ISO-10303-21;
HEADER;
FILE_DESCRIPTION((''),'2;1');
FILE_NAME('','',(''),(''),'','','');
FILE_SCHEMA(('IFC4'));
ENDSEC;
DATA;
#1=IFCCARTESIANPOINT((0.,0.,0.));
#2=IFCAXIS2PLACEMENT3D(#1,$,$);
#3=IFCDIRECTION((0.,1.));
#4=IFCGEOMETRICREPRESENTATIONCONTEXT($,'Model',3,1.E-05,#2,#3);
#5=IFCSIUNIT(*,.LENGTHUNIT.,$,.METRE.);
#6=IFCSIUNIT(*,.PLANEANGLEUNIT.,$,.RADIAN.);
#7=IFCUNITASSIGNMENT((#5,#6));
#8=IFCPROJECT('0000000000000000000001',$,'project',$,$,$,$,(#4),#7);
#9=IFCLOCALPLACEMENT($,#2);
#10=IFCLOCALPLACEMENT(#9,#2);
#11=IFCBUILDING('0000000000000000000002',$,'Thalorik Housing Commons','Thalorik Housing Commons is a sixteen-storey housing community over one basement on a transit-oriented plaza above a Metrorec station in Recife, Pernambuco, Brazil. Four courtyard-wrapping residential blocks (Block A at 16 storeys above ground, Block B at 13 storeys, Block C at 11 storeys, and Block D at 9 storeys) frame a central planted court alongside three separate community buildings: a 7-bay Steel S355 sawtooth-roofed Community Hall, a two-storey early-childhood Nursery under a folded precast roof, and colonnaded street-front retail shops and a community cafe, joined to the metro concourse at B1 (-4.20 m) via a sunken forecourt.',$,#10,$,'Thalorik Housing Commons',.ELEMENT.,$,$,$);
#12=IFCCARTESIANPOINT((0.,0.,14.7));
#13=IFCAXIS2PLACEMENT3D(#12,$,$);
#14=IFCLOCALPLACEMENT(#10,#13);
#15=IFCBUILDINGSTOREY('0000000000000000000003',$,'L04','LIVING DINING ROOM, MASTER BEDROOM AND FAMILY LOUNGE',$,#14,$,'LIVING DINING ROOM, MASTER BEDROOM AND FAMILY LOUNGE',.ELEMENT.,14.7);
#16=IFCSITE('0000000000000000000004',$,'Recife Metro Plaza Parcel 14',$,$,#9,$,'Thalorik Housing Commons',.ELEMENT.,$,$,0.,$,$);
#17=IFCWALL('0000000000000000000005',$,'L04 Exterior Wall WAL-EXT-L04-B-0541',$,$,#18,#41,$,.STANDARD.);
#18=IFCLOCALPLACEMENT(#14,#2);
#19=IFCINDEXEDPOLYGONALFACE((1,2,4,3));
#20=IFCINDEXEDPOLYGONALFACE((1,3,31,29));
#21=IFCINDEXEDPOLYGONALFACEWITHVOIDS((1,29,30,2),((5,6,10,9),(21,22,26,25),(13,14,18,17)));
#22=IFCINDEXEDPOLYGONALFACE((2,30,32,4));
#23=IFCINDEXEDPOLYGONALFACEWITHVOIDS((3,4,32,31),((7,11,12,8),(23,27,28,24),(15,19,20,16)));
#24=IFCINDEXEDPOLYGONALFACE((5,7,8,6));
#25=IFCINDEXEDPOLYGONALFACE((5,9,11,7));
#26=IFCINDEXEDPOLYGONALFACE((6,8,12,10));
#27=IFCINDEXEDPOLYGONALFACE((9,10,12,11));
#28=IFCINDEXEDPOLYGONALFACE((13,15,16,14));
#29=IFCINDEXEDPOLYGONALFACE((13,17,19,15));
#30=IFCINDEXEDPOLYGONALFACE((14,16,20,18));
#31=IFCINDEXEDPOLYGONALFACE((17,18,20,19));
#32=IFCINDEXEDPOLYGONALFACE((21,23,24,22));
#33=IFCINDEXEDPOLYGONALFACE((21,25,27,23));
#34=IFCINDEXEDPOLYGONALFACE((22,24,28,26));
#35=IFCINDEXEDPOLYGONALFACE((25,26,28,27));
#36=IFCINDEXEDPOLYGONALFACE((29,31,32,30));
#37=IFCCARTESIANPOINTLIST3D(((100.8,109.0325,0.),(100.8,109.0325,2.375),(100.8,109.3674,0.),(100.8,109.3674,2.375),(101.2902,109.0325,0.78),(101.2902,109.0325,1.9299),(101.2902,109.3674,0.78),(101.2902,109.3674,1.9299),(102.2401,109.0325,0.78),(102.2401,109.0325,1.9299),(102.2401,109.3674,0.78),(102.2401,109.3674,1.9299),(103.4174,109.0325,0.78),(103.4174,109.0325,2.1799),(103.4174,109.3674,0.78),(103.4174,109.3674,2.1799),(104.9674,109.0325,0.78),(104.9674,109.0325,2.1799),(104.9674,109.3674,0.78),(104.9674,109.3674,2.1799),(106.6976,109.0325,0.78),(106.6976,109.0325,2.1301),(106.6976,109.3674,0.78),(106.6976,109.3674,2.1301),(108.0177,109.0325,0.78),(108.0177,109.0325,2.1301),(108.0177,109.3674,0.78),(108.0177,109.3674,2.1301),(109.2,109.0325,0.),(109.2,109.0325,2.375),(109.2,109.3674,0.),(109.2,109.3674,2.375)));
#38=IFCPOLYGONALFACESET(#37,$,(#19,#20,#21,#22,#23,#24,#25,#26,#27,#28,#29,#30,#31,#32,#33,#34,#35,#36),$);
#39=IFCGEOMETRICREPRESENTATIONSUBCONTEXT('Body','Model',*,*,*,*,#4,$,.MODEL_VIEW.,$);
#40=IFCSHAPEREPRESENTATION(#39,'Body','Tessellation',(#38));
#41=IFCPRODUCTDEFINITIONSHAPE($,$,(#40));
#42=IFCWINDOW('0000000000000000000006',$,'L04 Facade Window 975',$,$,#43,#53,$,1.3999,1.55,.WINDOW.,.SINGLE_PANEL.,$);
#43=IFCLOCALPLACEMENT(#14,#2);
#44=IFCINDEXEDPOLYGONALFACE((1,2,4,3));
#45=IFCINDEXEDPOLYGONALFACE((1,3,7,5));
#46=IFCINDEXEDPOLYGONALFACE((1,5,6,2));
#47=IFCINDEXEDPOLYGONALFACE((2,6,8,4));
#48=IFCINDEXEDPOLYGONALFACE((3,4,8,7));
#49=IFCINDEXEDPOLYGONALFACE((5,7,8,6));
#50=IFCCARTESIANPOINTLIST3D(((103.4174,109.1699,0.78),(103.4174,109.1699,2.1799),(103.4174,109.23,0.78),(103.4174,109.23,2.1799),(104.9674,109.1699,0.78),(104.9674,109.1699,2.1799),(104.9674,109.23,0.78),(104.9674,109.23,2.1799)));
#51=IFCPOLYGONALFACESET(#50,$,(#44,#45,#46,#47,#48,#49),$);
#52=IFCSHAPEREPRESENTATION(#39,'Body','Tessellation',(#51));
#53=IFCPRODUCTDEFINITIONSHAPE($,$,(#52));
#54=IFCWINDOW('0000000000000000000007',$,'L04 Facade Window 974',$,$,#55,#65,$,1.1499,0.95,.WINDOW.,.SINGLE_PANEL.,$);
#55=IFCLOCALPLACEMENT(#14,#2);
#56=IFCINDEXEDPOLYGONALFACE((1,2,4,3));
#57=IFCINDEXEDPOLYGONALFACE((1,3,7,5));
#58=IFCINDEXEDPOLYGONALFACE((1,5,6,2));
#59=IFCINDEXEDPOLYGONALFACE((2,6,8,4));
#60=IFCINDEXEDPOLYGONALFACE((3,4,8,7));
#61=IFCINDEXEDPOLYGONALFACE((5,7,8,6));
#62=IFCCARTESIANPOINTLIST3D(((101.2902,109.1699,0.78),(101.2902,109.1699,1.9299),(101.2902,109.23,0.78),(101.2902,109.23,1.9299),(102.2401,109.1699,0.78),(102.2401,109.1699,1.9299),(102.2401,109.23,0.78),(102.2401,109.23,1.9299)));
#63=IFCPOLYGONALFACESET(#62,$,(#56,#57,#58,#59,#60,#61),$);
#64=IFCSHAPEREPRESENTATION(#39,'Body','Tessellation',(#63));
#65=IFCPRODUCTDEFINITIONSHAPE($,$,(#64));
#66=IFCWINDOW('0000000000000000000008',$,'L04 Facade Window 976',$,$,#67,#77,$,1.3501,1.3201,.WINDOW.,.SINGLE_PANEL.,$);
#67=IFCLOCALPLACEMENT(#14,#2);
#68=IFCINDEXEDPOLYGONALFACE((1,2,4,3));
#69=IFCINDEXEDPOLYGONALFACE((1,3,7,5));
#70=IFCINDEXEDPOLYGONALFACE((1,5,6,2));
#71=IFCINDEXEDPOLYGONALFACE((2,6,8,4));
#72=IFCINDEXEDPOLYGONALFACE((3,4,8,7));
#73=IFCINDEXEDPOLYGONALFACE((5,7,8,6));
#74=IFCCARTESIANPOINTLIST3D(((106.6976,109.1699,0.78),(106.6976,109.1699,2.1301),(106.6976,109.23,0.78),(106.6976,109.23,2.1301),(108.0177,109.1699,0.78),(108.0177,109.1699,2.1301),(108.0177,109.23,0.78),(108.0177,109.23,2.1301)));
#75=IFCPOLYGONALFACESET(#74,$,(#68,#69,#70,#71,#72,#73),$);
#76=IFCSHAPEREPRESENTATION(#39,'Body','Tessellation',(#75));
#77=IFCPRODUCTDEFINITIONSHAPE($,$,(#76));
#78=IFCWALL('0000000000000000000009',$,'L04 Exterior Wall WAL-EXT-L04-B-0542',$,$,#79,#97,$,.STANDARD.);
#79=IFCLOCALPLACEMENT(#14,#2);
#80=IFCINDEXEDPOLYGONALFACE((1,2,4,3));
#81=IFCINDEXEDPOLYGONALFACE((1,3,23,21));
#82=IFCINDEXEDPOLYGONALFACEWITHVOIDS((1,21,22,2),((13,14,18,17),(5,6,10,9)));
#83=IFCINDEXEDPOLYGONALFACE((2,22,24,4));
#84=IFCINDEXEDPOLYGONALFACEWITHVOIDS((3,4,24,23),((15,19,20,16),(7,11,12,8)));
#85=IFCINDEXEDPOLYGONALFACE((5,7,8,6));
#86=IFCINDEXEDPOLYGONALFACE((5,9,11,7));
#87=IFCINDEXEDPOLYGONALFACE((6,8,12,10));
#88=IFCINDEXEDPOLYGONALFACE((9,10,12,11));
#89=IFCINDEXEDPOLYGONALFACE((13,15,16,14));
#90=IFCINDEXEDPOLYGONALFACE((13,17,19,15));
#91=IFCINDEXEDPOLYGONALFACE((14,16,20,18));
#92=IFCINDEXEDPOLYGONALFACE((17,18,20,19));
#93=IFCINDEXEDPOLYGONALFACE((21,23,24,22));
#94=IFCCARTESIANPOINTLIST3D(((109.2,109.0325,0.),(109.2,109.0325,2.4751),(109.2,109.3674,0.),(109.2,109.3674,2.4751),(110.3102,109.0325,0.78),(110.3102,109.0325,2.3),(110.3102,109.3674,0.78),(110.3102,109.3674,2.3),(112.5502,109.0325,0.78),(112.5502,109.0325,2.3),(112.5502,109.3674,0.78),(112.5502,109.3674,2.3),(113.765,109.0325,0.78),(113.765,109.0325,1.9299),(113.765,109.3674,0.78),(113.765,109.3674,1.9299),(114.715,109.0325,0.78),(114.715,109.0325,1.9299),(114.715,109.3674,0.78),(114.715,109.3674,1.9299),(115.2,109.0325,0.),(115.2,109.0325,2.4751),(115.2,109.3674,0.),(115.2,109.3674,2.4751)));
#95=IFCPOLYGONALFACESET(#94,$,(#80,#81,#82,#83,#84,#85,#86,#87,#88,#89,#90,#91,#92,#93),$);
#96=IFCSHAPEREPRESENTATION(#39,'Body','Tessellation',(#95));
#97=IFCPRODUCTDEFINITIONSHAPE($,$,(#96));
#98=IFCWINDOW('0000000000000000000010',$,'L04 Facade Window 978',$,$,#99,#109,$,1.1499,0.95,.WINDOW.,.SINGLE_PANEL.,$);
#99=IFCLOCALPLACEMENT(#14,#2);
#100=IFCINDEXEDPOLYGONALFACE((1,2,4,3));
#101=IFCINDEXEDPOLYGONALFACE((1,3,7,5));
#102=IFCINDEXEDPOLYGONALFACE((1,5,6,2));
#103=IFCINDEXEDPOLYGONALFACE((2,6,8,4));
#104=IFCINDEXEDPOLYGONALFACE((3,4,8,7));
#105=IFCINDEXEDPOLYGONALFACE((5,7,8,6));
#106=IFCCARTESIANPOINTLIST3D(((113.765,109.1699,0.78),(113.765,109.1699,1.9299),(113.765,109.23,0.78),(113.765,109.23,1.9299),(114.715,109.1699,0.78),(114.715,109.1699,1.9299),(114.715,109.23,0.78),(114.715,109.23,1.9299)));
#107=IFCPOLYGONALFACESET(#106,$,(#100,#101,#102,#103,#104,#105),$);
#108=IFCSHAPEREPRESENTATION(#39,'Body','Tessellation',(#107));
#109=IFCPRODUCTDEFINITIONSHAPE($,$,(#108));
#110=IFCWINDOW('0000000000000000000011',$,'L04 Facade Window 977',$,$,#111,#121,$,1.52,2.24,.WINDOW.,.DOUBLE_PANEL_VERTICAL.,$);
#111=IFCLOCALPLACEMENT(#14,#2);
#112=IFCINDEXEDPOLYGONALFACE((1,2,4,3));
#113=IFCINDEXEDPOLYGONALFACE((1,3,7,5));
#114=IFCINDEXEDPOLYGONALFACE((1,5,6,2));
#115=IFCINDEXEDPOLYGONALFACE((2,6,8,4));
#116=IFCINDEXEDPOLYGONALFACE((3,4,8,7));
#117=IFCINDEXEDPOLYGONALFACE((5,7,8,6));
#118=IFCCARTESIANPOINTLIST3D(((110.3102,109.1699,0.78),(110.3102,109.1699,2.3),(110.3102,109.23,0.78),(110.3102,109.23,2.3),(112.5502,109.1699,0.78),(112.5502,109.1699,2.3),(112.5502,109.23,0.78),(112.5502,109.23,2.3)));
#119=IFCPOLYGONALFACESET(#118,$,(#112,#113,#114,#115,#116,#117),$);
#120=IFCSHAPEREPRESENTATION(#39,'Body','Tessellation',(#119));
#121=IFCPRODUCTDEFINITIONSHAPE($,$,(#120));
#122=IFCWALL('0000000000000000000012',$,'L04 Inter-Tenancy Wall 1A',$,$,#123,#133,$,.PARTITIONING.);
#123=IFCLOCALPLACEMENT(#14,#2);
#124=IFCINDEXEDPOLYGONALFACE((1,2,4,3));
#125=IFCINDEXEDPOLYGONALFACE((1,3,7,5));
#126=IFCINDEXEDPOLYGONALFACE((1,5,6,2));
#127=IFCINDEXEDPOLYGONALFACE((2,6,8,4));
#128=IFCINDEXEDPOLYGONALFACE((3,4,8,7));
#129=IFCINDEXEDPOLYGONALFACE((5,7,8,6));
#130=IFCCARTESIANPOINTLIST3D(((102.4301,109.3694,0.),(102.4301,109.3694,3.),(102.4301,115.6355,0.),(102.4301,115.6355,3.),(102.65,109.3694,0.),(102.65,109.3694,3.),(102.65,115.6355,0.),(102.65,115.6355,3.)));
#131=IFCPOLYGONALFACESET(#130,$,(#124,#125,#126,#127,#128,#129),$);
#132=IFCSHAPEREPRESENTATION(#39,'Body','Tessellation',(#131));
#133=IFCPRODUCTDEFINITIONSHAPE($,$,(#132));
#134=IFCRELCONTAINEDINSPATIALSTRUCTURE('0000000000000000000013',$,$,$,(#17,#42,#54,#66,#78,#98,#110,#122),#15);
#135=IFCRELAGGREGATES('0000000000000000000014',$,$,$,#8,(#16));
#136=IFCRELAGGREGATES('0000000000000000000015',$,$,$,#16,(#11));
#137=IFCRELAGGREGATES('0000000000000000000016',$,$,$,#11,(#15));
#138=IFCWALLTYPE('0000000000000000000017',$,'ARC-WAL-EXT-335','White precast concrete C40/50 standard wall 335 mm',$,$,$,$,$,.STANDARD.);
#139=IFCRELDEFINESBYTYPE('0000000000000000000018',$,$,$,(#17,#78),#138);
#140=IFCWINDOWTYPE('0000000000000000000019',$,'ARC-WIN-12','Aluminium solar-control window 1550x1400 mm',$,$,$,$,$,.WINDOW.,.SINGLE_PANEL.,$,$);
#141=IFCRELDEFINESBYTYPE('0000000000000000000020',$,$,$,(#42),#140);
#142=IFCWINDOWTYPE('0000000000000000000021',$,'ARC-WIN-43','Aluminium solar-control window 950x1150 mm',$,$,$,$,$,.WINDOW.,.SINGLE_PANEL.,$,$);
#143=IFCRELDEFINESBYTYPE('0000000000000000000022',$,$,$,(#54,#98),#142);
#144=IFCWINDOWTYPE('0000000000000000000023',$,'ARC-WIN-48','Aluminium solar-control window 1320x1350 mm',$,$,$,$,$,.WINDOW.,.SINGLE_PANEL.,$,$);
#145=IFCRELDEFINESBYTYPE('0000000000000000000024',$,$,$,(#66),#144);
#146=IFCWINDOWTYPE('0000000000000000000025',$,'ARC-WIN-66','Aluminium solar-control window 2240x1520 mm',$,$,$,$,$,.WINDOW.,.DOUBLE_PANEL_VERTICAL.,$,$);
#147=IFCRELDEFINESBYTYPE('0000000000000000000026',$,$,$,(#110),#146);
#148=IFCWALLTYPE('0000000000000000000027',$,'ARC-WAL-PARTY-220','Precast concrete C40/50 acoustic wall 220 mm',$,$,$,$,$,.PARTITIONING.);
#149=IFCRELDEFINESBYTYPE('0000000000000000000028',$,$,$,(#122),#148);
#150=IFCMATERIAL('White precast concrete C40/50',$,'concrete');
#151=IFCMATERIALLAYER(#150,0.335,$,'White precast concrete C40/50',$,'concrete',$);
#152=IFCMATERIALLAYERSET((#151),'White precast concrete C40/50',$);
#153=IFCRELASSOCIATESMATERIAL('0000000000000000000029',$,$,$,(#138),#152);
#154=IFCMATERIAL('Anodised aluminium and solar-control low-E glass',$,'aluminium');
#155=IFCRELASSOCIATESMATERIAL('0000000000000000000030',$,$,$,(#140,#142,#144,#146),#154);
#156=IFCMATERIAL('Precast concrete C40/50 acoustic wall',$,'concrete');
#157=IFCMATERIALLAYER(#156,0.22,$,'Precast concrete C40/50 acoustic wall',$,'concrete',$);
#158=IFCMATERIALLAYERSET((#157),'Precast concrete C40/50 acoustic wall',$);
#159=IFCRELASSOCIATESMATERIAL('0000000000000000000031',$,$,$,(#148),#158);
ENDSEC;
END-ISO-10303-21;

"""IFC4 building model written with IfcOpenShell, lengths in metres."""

from ifc_helpers import new_model, si_unit, direction, frame, frame_2d, origin, place, context, subcontext, project, spatial, rectangle, extrude, material, layer, layer_set, type_object, element, fill, save


model = new_model("IFC4")

# Units and contexts
model_context = context("Model", 3, precision=1e-05, world=origin(), true_north=direction((0.0, 1.0)))
body_context = subcontext(model_context, "Body", "Model", "MODEL_VIEW")
ifc_project = project(units=[si_unit("LENGTHUNIT", "METRE"), si_unit("PLANEANGLEUNIT", "RADIAN")], contexts=[model_context])

# Site, building, storey
site_placement = place(None, origin())
site = spatial("IfcSite", under=ifc_project, at=site_placement, Name="Recife Metro Plaza Parcel 14", LongName="Thalorik Housing Commons", CompositionType="ELEMENT", RefElevation=0.0)
building_placement = place(site_placement, origin())
building = spatial("IfcBuilding", under=site, at=building_placement, Name="Thalorik Housing Commons", Description="Thalorik Housing Commons is a sixteen-storey housing community over one basement on a transit-oriented plaza above a Metrorec station in Recife, Pernambuco, Brazil. Four courtyard-wrapping residential blocks (Block A at 16 storeys above ground, Block B at 13 storeys, Block C at 11 storeys, and Block D at 9 storeys) frame a central planted court alongside three separate community buildings: a 7-bay Steel S355 sawtooth-roofed Community Hall, a two-storey early-childhood Nursery under a folded precast roof, and colonnaded street-front retail shops and a community cafe, joined to the metro concourse at B1 (-4.20 m) via a sunken forecourt.", LongName="Thalorik Housing Commons", CompositionType="ELEMENT")
storey_placement = place(building_placement, frame((0.0, 0.0, 14.7)))
storey = spatial("IfcBuildingStorey", under=building, at=storey_placement, Name="L04", Description="LIVING DINING ROOM, MASTER BEDROOM AND FAMILY LOUNGE", LongName="LIVING DINING ROOM, MASTER BEDROOM AND FAMILY LOUNGE", CompositionType="ELEMENT", Elevation=14.7)

# Walls, openings, windows
ifc_material_1 = material(Name="White precast concrete C40/50", Category="concrete")
ifc_layer_1 = layer(ifc_material_1, 0.335, Name="White precast concrete C40/50", Category="concrete")
ifc_layer_set_1 = layer_set([ifc_layer_1], Name="White precast concrete C40/50")
wall_type_1 = type_object("IfcWallType", Name="ARC-WAL-EXT-335", Description="White precast concrete C40/50 standard wall 335 mm", PredefinedType="STANDARD", material=ifc_layer_set_1)
wall_1_placement = place(storey_placement, frame((100.8, 109.2, 0.0), z_axis=(0.0, 0.0, 1.0), x_axis=(1.0, 0.0, 0.0)))
wall_1 = element("IfcWall", 1, at=wall_1_placement, inside=storey, type_object=wall_type_1, Name="L04 Exterior Wall WAL-EXT-L04-B-0541", PredefinedType="STANDARD", context=body_context, shape_type="SweptSolid", body=[
    extrude(rectangle(XDim=8.3999, YDim=0.335, at=frame_2d((4.2, 0.0))), origin(), (0.0, 0.0, 1.0), 2.375),
])
opening_1_placement = place(wall_1_placement, frame((0.49, 0.0, 0.78)))
opening_1 = element("IfcOpeningElement", 2, at=opening_1_placement, cuts=wall_1, PredefinedType="OPENING", context=body_context, shape_type="SweptSolid", body=[
    extrude(rectangle(XDim=0.95, YDim=1.1499, at=frame_2d((0.4751, 0.575))), frame((0.0, 0.1775, 0.0), z_axis=(0.0, -1.0, 0.0), x_axis=(1.0, 0.0, 0.0)), (0.0, 0.0, 1.0), 0.355),
])
opening_2_placement = place(wall_1_placement, frame((2.6174, 0.0, 0.78)))
opening_2 = element("IfcOpeningElement", 3, at=opening_2_placement, cuts=wall_1, PredefinedType="OPENING", context=body_context, shape_type="SweptSolid", body=[
    extrude(rectangle(XDim=1.55, YDim=1.3999, at=frame_2d((0.7749, 0.7))), frame((0.0, 0.1775, 0.0), z_axis=(0.0, -1.0, 0.0), x_axis=(1.0, 0.0, 0.0)), (0.0, 0.0, 1.0), 0.355),
])
opening_3_placement = place(wall_1_placement, frame((5.8975, 0.0, 0.78)))
opening_3 = element("IfcOpeningElement", 4, at=opening_3_placement, cuts=wall_1, PredefinedType="OPENING", context=body_context, shape_type="SweptSolid", body=[
    extrude(rectangle(XDim=1.3201, YDim=1.3501, at=frame_2d((0.6602, 0.675))), frame((0.0, 0.1775, 0.0), z_axis=(0.0, -1.0, 0.0), x_axis=(1.0, 0.0, 0.0)), (0.0, 0.0, 1.0), 0.355),
])
ifc_material_2 = material(Name="Anodised aluminium and solar-control low-E glass", Category="aluminium")
window_type_1 = type_object("IfcWindowType", Name="ARC-WIN-12", Description="Aluminium solar-control window 1550x1400 mm", PartitioningType="SINGLE_PANEL", PredefinedType="WINDOW", material=ifc_material_2)
window_1_placement = place(opening_2_placement, origin())
window_1 = element("IfcWindow", 5, at=window_1_placement, inside=storey, type_object=window_type_1, Name="L04 Facade Window 975", OverallHeight=1.3999, OverallWidth=1.55, PartitioningType="SINGLE_PANEL", PredefinedType="WINDOW", context=body_context, shape_type="SweptSolid", body=[
    extrude(rectangle(XDim=1.55, YDim=1.3999, at=frame_2d((0.7749, 0.7))), frame((0.0, 0.03, 0.0), z_axis=(0.0, -1.0, 0.0), x_axis=(1.0, 0.0, 0.0)), (0.0, 0.0, 1.0), 0.0601),
])
fill(opening_2, window_1)
window_type_2 = type_object("IfcWindowType", Name="ARC-WIN-43", Description="Aluminium solar-control window 950x1150 mm", PartitioningType="SINGLE_PANEL", PredefinedType="WINDOW", material=ifc_material_2)
window_2_placement = place(opening_1_placement, origin())
window_2 = element("IfcWindow", 6, at=window_2_placement, inside=storey, type_object=window_type_2, Name="L04 Facade Window 974", OverallHeight=1.1499, OverallWidth=0.95, PartitioningType="SINGLE_PANEL", PredefinedType="WINDOW", context=body_context, shape_type="SweptSolid", body=[
    extrude(rectangle(XDim=0.95, YDim=1.1499, at=frame_2d((0.4751, 0.575))), frame((0.0, 0.03, 0.0), z_axis=(0.0, -1.0, 0.0), x_axis=(1.0, 0.0, 0.0)), (0.0, 0.0, 1.0), 0.0601),
])
fill(opening_1, window_2)
window_type_3 = type_object("IfcWindowType", Name="ARC-WIN-48", Description="Aluminium solar-control window 1320x1350 mm", PartitioningType="SINGLE_PANEL", PredefinedType="WINDOW", material=ifc_material_2)
window_3_placement = place(opening_3_placement, origin())
window_3 = element("IfcWindow", 7, at=window_3_placement, inside=storey, type_object=window_type_3, Name="L04 Facade Window 976", OverallHeight=1.3501, OverallWidth=1.3201, PartitioningType="SINGLE_PANEL", PredefinedType="WINDOW", context=body_context, shape_type="SweptSolid", body=[
    extrude(rectangle(XDim=1.3201, YDim=1.3501, at=frame_2d((0.6602, 0.675))), frame((0.0, 0.03, 0.0), z_axis=(0.0, -1.0, 0.0), x_axis=(1.0, 0.0, 0.0)), (0.0, 0.0, 1.0), 0.0601),
])
fill(opening_3, window_3)
wall_2_placement = place(storey_placement, frame((109.2, 109.2, 0.0), z_axis=(0.0, 0.0, 1.0), x_axis=(1.0, 0.0, 0.0)))
wall_2 = element("IfcWall", 8, at=wall_2_placement, inside=storey, type_object=wall_type_1, Name="L04 Exterior Wall WAL-EXT-L04-B-0542", PredefinedType="STANDARD", context=body_context, shape_type="SweptSolid", body=[
    extrude(rectangle(XDim=6.0, YDim=0.335, at=frame_2d((3.0, 0.0))), origin(), (0.0, 0.0, 1.0), 2.4751),
])
opening_4_placement = place(wall_2_placement, frame((1.1101, 0.0, 0.78)))
opening_4 = element("IfcOpeningElement", 9, at=opening_4_placement, cuts=wall_2, PredefinedType="OPENING", context=body_context, shape_type="SweptSolid", body=[
    extrude(rectangle(XDim=2.24, YDim=1.52, at=frame_2d((1.1201, 0.76))), frame((0.0, 0.1775, 0.0), z_axis=(0.0, -1.0, 0.0), x_axis=(1.0, 0.0, 0.0)), (0.0, 0.0, 1.0), 0.355),
])
opening_5_placement = place(wall_2_placement, frame((4.5649, 0.0, 0.78)))
opening_5 = element("IfcOpeningElement", 10, at=opening_5_placement, cuts=wall_2, PredefinedType="OPENING", context=body_context, shape_type="SweptSolid", body=[
    extrude(rectangle(XDim=0.95, YDim=1.1499, at=frame_2d((0.4751, 0.575))), frame((0.0, 0.1775, 0.0), z_axis=(0.0, -1.0, 0.0), x_axis=(1.0, 0.0, 0.0)), (0.0, 0.0, 1.0), 0.355),
])
window_4_placement = place(opening_5_placement, origin())
window_4 = element("IfcWindow", 11, at=window_4_placement, inside=storey, type_object=window_type_2, Name="L04 Facade Window 978", OverallHeight=1.1499, OverallWidth=0.95, PartitioningType="SINGLE_PANEL", PredefinedType="WINDOW", context=body_context, shape_type="SweptSolid", body=[
    extrude(rectangle(XDim=0.95, YDim=1.1499, at=frame_2d((0.4751, 0.575))), frame((0.0, 0.03, 0.0), z_axis=(0.0, -1.0, 0.0), x_axis=(1.0, 0.0, 0.0)), (0.0, 0.0, 1.0), 0.0601),
])
fill(opening_5, window_4)
window_type_4 = type_object("IfcWindowType", Name="ARC-WIN-66", Description="Aluminium solar-control window 2240x1520 mm", PartitioningType="DOUBLE_PANEL_VERTICAL", PredefinedType="WINDOW", material=ifc_material_2)
window_5_placement = place(opening_4_placement, origin())
window_5 = element("IfcWindow", 12, at=window_5_placement, inside=storey, type_object=window_type_4, Name="L04 Facade Window 977", OverallHeight=1.52, OverallWidth=2.24, PartitioningType="DOUBLE_PANEL_VERTICAL", PredefinedType="WINDOW", context=body_context, shape_type="SweptSolid", body=[
    extrude(rectangle(XDim=2.24, YDim=1.52, at=frame_2d((1.1201, 0.76))), frame((0.0, 0.03, 0.0), z_axis=(0.0, -1.0, 0.0), x_axis=(1.0, 0.0, 0.0)), (0.0, 0.0, 1.0), 0.0601),
])
fill(opening_4, window_5)

# Wall
ifc_material_3 = material(Name="Precast concrete C40/50 acoustic wall", Category="concrete")
ifc_layer_2 = layer(ifc_material_3, 0.22, Name="Precast concrete C40/50 acoustic wall", Category="concrete")
ifc_layer_set_2 = layer_set([ifc_layer_2], Name="Precast concrete C40/50 acoustic wall")
wall_type_2 = type_object("IfcWallType", Name="ARC-WAL-PARTY-220", Description="Precast concrete C40/50 acoustic wall 220 mm", PredefinedType="PARTITIONING", material=ifc_layer_set_2)
wall_3_placement = place(storey_placement, frame((102.54, 109.3694, 0.0), z_axis=(0.0, 0.0, 1.0), x_axis=(0.0, 1.0, 0.0)))
element("IfcWall", 13, at=wall_3_placement, inside=storey, type_object=wall_type_2, Name="L04 Inter-Tenancy Wall 1A", PredefinedType="PARTITIONING", context=body_context, shape_type="SweptSolid", body=[
    extrude(rectangle(XDim=6.2661, YDim=0.22, at=frame_2d((3.1331, 0.0))), origin(), (0.0, 0.0, 1.0), 3.0),
])

save(model, "model.ifc")
